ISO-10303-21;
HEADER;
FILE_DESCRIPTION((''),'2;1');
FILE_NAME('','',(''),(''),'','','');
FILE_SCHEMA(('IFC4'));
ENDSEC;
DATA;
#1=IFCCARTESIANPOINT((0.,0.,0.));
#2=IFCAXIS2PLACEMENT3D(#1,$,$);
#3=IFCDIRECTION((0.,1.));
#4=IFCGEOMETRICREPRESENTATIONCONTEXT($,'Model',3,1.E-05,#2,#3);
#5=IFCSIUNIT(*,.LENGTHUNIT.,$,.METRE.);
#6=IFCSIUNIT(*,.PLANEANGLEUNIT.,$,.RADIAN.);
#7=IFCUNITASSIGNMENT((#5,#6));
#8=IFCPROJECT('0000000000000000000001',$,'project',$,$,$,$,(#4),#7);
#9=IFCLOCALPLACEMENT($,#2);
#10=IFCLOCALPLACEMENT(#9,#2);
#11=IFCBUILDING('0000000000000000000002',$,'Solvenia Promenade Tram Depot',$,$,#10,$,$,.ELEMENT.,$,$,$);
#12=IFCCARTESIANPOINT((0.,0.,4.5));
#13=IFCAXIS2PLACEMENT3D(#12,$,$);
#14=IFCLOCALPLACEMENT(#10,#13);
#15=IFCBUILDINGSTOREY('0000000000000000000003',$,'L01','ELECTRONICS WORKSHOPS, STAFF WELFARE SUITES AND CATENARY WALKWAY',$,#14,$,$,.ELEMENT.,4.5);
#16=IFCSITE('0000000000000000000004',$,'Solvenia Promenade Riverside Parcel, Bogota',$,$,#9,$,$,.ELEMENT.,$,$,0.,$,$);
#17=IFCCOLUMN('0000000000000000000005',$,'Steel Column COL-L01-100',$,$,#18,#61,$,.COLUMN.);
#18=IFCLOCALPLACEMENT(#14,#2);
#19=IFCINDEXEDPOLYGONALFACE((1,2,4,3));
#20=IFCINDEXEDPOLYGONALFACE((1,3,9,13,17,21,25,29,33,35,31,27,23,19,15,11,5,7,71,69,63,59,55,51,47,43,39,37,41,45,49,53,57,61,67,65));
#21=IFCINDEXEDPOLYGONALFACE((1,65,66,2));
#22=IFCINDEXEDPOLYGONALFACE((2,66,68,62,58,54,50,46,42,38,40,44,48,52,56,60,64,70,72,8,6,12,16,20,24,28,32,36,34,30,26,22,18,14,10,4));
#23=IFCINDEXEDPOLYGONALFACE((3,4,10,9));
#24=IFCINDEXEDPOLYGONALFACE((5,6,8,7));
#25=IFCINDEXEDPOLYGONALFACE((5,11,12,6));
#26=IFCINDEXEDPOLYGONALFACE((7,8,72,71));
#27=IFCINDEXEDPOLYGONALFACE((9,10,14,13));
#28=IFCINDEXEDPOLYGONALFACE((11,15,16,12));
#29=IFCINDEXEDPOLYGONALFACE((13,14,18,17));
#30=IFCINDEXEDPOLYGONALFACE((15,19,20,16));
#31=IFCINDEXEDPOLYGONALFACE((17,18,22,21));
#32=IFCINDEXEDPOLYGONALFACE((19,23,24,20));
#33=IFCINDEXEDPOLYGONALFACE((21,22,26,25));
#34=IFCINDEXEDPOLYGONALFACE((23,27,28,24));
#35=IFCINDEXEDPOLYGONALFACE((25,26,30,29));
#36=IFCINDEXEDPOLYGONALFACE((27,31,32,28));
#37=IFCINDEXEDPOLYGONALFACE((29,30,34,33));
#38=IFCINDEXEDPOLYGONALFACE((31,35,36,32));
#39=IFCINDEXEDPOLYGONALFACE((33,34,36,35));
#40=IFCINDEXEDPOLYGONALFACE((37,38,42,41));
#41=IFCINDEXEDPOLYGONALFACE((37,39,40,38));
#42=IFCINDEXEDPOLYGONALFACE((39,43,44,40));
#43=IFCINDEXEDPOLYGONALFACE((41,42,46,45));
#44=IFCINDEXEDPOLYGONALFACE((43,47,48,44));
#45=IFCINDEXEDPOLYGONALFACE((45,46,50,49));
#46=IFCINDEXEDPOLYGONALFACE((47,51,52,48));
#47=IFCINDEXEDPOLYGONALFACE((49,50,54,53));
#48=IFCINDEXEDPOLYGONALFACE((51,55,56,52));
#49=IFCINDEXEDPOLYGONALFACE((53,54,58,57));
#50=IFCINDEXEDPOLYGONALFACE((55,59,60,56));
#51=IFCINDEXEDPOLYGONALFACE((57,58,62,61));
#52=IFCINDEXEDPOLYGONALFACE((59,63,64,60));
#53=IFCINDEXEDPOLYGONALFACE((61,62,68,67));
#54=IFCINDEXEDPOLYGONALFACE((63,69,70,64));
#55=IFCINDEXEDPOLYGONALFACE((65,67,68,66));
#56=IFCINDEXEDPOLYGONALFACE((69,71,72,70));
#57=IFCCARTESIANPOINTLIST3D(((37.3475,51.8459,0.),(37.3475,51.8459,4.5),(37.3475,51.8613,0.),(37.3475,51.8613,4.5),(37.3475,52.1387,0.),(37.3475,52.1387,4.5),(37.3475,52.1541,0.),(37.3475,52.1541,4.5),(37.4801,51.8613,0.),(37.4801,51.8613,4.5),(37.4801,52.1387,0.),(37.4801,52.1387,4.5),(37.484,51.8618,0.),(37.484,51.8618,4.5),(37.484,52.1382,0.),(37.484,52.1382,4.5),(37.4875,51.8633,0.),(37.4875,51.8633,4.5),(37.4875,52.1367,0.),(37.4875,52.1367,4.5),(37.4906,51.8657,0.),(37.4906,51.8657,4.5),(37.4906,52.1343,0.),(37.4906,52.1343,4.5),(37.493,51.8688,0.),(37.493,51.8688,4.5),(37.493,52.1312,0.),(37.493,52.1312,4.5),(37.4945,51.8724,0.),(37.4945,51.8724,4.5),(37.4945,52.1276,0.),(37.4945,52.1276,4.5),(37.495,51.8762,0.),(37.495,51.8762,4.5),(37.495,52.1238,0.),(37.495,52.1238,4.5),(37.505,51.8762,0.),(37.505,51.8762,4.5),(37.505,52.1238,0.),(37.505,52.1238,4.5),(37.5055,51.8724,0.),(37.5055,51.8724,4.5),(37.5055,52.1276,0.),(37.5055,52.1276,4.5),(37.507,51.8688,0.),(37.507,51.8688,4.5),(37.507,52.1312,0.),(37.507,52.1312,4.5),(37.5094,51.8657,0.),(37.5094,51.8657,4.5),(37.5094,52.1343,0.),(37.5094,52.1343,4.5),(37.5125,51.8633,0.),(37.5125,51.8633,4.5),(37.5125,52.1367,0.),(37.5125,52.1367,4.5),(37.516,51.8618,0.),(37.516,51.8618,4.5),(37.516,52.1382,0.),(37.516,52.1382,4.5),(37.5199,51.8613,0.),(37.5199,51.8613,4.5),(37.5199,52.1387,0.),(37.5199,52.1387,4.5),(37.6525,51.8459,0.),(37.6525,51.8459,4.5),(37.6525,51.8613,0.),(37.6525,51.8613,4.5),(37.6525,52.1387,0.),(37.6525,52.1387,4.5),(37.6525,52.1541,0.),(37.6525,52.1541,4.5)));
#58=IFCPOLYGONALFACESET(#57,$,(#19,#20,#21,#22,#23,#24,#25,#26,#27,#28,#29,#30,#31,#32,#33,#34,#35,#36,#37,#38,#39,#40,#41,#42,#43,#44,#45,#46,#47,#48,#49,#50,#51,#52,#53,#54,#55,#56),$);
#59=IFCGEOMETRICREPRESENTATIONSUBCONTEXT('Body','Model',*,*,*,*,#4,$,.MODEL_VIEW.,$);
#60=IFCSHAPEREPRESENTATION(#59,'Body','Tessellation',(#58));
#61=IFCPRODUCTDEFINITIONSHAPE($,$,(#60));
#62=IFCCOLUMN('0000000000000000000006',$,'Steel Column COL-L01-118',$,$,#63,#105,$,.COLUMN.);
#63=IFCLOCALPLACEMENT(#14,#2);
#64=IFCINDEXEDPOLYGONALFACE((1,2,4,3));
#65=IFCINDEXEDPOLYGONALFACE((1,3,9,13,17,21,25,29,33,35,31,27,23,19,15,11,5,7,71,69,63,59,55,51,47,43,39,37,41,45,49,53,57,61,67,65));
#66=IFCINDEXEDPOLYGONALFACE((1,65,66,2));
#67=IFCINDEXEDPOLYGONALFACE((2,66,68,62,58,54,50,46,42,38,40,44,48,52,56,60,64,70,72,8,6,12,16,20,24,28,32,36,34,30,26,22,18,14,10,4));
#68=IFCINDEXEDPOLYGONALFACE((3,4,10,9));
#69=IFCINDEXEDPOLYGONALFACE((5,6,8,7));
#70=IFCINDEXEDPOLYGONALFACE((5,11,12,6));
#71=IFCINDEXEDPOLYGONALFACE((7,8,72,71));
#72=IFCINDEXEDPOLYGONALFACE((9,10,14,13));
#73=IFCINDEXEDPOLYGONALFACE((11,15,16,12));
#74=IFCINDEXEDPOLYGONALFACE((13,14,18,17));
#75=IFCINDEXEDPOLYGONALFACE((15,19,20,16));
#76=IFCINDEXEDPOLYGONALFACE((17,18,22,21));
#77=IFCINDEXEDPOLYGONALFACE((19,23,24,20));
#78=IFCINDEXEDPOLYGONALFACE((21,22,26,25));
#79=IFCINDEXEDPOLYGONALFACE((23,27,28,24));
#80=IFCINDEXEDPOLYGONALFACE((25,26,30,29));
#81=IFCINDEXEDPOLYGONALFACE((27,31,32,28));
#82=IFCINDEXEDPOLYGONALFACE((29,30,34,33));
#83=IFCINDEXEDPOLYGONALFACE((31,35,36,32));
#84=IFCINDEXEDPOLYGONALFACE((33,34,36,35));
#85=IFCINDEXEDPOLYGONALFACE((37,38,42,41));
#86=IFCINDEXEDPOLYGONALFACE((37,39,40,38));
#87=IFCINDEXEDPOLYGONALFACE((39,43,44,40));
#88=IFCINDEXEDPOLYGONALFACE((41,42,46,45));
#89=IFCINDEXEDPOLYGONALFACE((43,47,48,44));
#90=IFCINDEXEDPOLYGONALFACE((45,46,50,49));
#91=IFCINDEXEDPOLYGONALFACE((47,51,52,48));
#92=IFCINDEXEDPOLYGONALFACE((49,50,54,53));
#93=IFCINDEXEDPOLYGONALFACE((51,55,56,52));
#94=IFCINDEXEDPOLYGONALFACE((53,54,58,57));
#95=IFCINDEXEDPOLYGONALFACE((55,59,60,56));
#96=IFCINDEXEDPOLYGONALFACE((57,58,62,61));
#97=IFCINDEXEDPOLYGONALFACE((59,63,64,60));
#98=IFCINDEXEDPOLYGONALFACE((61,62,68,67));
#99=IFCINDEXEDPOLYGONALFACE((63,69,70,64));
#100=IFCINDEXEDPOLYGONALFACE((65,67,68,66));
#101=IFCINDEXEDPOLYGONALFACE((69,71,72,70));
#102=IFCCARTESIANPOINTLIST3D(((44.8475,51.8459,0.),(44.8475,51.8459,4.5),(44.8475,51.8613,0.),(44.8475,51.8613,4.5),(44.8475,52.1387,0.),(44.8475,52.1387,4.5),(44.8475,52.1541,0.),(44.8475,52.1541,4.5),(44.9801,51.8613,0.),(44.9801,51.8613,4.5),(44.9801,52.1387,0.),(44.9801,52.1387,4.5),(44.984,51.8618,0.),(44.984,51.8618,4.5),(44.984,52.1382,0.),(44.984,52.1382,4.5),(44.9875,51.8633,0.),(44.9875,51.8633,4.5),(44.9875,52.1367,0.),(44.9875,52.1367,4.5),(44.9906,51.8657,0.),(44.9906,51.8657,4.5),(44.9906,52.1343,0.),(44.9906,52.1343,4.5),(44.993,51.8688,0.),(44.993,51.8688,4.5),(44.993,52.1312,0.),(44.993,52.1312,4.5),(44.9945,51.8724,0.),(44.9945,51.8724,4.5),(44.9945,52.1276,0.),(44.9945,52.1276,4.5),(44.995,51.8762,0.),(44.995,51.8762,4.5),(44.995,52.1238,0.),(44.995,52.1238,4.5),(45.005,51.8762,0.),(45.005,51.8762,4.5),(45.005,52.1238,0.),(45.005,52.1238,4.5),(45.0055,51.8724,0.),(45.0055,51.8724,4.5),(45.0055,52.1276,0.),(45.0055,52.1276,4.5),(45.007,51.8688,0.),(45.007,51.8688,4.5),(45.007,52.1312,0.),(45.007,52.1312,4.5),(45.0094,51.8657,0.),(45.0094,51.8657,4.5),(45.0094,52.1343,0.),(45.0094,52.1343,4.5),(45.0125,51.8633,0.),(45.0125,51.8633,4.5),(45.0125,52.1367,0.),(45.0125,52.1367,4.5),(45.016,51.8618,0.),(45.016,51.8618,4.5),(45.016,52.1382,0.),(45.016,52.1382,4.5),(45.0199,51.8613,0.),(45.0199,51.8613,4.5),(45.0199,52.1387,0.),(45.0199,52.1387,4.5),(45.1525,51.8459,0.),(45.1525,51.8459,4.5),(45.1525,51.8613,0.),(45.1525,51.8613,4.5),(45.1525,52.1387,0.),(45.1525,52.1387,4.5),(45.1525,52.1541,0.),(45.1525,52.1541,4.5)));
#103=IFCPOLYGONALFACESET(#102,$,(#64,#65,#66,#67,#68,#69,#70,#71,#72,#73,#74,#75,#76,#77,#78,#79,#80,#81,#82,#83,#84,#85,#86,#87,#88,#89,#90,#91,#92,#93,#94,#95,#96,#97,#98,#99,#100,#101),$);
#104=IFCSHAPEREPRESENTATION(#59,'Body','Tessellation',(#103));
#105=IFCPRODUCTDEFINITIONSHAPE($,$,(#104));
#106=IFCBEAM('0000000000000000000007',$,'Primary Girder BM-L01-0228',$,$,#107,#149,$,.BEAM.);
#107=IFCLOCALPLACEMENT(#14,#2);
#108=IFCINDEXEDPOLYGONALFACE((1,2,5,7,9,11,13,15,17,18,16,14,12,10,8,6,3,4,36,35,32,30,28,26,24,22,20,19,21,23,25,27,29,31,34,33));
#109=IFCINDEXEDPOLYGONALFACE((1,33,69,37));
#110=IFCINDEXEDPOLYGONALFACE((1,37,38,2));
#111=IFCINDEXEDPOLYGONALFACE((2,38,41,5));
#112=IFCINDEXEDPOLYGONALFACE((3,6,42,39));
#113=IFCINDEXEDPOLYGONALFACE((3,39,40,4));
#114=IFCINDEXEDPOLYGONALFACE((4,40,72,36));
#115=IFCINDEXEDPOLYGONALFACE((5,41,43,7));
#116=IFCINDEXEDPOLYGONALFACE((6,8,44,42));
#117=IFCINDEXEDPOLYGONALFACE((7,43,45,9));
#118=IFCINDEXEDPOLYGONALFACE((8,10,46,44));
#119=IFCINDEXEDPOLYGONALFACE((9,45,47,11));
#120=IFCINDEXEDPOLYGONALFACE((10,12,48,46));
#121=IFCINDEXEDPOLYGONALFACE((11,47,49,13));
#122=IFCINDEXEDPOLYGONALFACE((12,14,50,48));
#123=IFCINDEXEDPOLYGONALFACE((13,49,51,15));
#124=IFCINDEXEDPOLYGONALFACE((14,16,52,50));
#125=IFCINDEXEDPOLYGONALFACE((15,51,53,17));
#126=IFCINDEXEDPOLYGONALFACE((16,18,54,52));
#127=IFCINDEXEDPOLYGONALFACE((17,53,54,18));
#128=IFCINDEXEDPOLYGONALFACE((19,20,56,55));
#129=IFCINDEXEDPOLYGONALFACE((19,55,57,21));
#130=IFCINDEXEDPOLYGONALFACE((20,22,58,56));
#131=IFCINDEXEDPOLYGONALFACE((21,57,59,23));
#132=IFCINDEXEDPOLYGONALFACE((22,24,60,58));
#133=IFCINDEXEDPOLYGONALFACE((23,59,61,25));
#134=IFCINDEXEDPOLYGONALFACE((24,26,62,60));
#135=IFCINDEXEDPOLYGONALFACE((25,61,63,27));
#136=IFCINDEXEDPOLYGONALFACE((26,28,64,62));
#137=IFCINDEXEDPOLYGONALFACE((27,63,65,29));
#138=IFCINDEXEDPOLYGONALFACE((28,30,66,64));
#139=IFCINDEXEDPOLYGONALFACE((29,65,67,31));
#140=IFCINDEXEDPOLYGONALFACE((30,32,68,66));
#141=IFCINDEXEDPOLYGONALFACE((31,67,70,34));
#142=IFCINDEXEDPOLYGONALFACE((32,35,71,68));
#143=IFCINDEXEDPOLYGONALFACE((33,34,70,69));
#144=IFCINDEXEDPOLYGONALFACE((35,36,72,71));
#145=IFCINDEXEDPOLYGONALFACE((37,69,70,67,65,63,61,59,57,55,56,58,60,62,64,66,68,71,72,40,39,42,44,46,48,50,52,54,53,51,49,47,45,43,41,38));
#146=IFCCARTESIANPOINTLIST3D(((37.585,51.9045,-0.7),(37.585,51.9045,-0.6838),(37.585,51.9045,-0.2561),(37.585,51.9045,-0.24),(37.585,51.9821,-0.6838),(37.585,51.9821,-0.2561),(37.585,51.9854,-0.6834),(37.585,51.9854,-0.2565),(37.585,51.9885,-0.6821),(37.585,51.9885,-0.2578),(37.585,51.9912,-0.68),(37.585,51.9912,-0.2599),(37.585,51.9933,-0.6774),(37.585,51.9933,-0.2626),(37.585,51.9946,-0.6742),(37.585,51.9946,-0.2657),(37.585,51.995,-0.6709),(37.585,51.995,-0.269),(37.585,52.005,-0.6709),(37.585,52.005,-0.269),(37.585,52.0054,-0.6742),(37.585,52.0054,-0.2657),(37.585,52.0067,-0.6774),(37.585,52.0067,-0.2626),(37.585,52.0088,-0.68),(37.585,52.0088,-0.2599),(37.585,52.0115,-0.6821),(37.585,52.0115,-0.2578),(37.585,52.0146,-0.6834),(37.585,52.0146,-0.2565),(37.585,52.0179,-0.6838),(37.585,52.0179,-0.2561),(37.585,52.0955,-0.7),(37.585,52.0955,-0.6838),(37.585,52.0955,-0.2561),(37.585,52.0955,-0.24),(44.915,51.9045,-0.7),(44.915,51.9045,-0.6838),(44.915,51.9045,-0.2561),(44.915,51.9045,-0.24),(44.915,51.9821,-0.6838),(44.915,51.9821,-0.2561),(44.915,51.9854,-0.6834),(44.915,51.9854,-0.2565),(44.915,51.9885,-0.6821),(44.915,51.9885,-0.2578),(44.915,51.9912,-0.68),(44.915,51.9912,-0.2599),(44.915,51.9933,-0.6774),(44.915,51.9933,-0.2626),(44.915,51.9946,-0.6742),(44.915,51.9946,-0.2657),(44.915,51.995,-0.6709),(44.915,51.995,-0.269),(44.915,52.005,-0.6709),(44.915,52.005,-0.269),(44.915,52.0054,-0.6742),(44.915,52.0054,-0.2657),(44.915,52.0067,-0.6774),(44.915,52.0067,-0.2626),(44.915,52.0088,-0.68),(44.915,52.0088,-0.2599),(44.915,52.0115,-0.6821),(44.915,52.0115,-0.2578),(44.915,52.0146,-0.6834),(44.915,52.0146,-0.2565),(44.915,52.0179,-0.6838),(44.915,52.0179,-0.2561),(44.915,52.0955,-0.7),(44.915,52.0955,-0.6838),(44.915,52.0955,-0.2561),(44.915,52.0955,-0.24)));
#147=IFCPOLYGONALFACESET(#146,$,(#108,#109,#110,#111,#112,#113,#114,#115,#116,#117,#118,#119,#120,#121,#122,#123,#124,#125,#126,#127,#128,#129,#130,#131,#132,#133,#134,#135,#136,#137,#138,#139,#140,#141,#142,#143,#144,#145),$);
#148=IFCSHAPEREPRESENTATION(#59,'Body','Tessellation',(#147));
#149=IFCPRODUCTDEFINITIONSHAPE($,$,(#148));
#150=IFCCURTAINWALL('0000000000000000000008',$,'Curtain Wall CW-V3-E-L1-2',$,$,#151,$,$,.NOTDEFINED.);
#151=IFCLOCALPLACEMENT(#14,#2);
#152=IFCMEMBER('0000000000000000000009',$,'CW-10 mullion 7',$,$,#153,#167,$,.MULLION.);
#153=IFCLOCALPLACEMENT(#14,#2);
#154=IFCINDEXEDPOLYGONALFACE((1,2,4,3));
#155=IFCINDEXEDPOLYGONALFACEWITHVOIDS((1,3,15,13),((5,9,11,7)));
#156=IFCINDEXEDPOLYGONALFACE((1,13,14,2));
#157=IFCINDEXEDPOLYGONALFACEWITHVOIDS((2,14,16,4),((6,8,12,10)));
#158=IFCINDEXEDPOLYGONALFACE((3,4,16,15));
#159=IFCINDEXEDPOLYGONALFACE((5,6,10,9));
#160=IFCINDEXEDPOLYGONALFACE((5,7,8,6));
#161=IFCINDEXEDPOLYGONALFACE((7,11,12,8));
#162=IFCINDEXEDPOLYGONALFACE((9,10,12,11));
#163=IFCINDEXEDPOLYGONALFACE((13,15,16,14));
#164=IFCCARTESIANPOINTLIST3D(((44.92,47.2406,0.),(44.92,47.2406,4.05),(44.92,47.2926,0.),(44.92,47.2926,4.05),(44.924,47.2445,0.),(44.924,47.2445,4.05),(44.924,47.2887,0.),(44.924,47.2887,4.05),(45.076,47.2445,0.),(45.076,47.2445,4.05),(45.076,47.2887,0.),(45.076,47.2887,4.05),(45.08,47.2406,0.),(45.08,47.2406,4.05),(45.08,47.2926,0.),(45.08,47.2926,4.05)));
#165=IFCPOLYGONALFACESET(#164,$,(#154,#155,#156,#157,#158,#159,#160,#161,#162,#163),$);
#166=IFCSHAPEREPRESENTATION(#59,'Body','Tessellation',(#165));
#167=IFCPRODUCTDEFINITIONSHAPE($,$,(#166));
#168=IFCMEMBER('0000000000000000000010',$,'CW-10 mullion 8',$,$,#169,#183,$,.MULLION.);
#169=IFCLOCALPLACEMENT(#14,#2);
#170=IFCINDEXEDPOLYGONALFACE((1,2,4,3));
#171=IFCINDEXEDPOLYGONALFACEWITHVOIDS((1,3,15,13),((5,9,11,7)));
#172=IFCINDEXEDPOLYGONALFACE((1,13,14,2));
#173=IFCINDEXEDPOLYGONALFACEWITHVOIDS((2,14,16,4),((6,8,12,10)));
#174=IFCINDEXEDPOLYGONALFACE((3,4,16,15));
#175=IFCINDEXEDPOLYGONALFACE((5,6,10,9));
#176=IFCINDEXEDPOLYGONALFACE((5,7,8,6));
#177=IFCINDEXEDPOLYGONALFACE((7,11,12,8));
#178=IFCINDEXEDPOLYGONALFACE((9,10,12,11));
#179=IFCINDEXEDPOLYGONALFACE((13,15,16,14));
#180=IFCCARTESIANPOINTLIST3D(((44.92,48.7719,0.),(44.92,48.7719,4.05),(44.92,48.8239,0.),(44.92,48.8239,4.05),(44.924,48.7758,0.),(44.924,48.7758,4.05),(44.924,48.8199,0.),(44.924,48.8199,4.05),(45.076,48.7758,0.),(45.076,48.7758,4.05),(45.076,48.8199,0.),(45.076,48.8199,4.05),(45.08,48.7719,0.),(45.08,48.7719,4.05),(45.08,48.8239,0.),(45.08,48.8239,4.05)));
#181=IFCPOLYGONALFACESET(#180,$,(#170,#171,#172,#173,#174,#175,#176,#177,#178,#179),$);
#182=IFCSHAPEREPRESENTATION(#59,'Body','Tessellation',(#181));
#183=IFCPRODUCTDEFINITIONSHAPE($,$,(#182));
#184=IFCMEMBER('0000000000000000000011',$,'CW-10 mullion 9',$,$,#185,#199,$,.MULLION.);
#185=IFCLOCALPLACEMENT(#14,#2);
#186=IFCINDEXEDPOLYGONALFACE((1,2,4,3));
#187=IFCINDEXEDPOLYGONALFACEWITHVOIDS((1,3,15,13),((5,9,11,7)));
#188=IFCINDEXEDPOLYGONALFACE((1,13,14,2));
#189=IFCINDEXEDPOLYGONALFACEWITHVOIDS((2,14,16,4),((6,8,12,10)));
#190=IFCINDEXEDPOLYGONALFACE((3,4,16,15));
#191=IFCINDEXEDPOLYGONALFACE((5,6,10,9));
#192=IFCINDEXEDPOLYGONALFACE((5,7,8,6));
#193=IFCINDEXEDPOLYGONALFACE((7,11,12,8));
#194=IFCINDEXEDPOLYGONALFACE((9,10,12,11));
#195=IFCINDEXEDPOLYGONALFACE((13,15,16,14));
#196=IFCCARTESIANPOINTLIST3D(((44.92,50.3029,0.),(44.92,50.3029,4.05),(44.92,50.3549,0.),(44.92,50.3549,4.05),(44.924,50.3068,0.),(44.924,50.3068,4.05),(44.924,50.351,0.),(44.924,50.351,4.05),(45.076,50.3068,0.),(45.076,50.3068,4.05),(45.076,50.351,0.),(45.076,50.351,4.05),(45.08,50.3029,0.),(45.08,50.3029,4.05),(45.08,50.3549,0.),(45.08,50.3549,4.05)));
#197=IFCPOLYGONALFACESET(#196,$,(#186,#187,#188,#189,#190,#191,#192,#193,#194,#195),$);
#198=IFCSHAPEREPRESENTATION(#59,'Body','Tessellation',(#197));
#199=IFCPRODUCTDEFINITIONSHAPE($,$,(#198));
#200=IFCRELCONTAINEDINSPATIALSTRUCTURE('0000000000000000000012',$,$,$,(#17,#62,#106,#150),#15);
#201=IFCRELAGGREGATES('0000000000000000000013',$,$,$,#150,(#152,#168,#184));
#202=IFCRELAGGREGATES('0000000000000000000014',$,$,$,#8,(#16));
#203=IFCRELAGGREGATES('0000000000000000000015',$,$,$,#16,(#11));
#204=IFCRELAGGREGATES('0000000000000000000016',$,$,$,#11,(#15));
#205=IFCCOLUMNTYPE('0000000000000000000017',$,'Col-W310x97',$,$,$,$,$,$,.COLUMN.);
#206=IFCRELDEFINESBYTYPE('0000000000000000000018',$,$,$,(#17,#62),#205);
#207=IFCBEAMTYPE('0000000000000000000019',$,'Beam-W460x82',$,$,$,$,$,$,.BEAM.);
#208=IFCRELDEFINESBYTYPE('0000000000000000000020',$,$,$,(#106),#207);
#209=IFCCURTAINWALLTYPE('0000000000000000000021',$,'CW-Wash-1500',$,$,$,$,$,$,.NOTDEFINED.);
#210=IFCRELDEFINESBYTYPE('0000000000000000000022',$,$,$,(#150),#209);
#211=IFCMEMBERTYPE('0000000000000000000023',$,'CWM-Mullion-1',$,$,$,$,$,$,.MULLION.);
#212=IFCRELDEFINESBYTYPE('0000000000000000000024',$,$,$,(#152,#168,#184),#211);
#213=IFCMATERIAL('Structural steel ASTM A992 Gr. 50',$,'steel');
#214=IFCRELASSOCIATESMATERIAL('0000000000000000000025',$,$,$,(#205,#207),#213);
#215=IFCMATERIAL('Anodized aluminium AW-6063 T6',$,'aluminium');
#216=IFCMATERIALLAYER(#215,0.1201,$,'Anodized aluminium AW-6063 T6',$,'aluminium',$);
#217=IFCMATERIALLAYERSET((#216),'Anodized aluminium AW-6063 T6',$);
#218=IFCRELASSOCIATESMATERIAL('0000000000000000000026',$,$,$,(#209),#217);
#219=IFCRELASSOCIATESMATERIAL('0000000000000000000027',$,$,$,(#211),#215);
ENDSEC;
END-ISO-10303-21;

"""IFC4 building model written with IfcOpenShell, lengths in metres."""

from ifc_helpers import new_model, si_unit, direction, frame, origin, origin_2d, place, context, subcontext, project, spatial, hollow_rectangle, i_section, extrude, material, layer, layer_set, material_profile, profile_set, type_object, element, aggregate, save


model = new_model("IFC4")

# Units and contexts
model_context = context("Model", 3, precision=1e-05, world=origin(), true_north=direction((0.0, 1.0)))
body_context = subcontext(model_context, "Body", "Model", "MODEL_VIEW")
ifc_project = project(units=[si_unit("LENGTHUNIT", "METRE"), si_unit("PLANEANGLEUNIT", "RADIAN")], contexts=[model_context])

# Site, building, storey
site_placement = place(None, origin())
site = spatial("IfcSite", under=ifc_project, at=site_placement, Name="Solvenia Promenade Riverside Parcel, Bogota", CompositionType="ELEMENT", RefElevation=0.0)
building_placement = place(site_placement, origin())
building = spatial("IfcBuilding", under=site, at=building_placement, Name="Solvenia Promenade Tram Depot", CompositionType="ELEMENT")
storey_placement = place(building_placement, frame((0.0, 0.0, 4.5)))
storey = spatial("IfcBuildingStorey", under=building, at=storey_placement, Name="L01", Description="ELECTRONICS WORKSHOPS, STAFF WELFARE SUITES AND CATENARY WALKWAY", CompositionType="ELEMENT", Elevation=4.5)

# Columns
ifc_material_1 = material(Name="Structural steel ASTM A992 Gr. 50", Category="steel")
ifc_material_profile_1 = material_profile(ifc_material_1, i_section(OverallWidth=0.3049, OverallDepth=0.3081, WebThickness=0.01, FlangeThickness=0.0154, FilletRadius=0.0149, at=origin_2d()), Name="W310x97", Category="steel")
ifc_profile_set_1 = profile_set([ifc_material_profile_1], Name="Structural steel ASTM A992 Gr. 50")
column_type = type_object("IfcColumnType", Name="Col-W310x97", PredefinedType="COLUMN", material=ifc_profile_set_1)
for number, where, z_axis, x_axis, name in (
    (1, (37.5, 52.0, 0.0), (0.0, 0.0, 1.0), (1.0, 0.0, 0.0), "Steel Column COL-L01-100"),
    (2, (45.0, 52.0, 0.0), (0.0, 0.0, 1.0), (1.0, 0.0, 0.0), "Steel Column COL-L01-118"),
):
    element("IfcColumn", number, at=place(storey_placement, frame(where, z_axis=z_axis, x_axis=x_axis)), inside=storey, type_object=column_type, Name=name, PredefinedType="COLUMN", context=body_context, shape_type="SweptSolid", body=[
        extrude(i_section(OverallWidth=0.3049, OverallDepth=0.3081, WebThickness=0.01, FlangeThickness=0.0154, FilletRadius=0.0149, at=origin_2d()), origin(), (0.0, 0.0, 1.0), 4.5),
    ])

# Beam
ifc_material_profile_2 = material_profile(ifc_material_1, i_section(OverallWidth=0.1909, OverallDepth=0.46, WebThickness=0.01, FlangeThickness=0.0161, FilletRadius=0.0129, at=origin_2d()), Name="W460x82", Category="steel")
ifc_profile_set_2 = profile_set([ifc_material_profile_2], Name="Structural steel ASTM A992 Gr. 50")
beam_type_1 = type_object("IfcBeamType", Name="Beam-W460x82", PredefinedType="BEAM", material=ifc_profile_set_2)
beam_1_placement = place(storey_placement, frame((37.585, 52.0, -0.47), z_axis=(1.0, 0.0, 0.0), x_axis=(0.0, 1.0, 0.0)))
element("IfcBeam", 3, at=beam_1_placement, inside=storey, type_object=beam_type_1, Name="Primary Girder BM-L01-0228", PredefinedType="BEAM", context=body_context, shape_type="SweptSolid", body=[
    extrude(i_section(OverallWidth=0.1909, OverallDepth=0.46, WebThickness=0.01, FlangeThickness=0.0161, FilletRadius=0.0129, at=origin_2d()), origin(), (0.0, 0.0, 1.0), 7.3301),
])

# Curtain wall, members
ifc_material_2 = material(Name="Anodized aluminium AW-6063 T6", Category="aluminium")
ifc_layer_1 = layer(ifc_material_2, 0.1201, Name="Anodized aluminium AW-6063 T6", Category="aluminium")
ifc_layer_set_1 = layer_set([ifc_layer_1], Name="Anodized aluminium AW-6063 T6")
curtain_wall_type = type_object("IfcCurtainWallType", Name="CW-Wash-1500", PredefinedType="NOTDEFINED", material=ifc_layer_set_1)
curtain_wall_placement = place(storey_placement, origin())
curtain_wall = element("IfcCurtainWall", 4, at=curtain_wall_placement, inside=storey, type_object=curtain_wall_type, Name="Curtain Wall CW-V3-E-L1-2", PredefinedType="NOTDEFINED")
ifc_material_profile_3 = material_profile(ifc_material_2, hollow_rectangle(XDim=0.1599, YDim=0.052, WallThickness=0.0039, at=origin_2d()), Name="ALU-M1", Category="aluminium")
ifc_profile_set_3 = profile_set([ifc_material_profile_3], Name="Anodized aluminium AW-6063 T6")
member_type_1 = type_object("IfcMemberType", Name="CWM-Mullion-1", PredefinedType="MULLION", material=ifc_profile_set_3)
member_1_placement = place(storey_placement, frame((45.0, 47.2666, 0.0), z_axis=(0.0, 0.0, 1.0), x_axis=(-1.0, 0.0, 0.0)))
member_1 = element("IfcMember", 5, at=member_1_placement, type_object=member_type_1, Name="CW-10 mullion 7", PredefinedType="MULLION", context=body_context, shape_type="SweptSolid", body=[
    extrude(hollow_rectangle(XDim=0.1599, YDim=0.052, WallThickness=0.0039, at=origin_2d()), origin(), (0.0, 0.0, 1.0), 4.05),
])
member_2_placement = place(storey_placement, frame((45.0, 48.7979, 0.0), z_axis=(0.0, 0.0, 1.0), x_axis=(-1.0, 0.0, 0.0)))
member_2 = element("IfcMember", 6, at=member_2_placement, type_object=member_type_1, Name="CW-10 mullion 8", PredefinedType="MULLION", context=body_context, shape_type="SweptSolid", body=[
    extrude(hollow_rectangle(XDim=0.1599, YDim=0.052, WallThickness=0.0039, at=origin_2d()), origin(), (0.0, 0.0, 1.0), 4.05),
])
member_3_placement = place(storey_placement, frame((45.0, 50.3289, 0.0), z_axis=(0.0, 0.0, 1.0), x_axis=(-1.0, 0.0, 0.0)))
member_3 = element("IfcMember", 7, at=member_3_placement, type_object=member_type_1, Name="CW-10 mullion 9", PredefinedType="MULLION", context=body_context, shape_type="SweptSolid", body=[
    extrude(hollow_rectangle(XDim=0.1599, YDim=0.052, WallThickness=0.0039, at=origin_2d()), origin(), (0.0, 0.0, 1.0), 4.05),
])

aggregate(curtain_wall, [member_1, member_2, member_3])

save(model, "model.ifc")
